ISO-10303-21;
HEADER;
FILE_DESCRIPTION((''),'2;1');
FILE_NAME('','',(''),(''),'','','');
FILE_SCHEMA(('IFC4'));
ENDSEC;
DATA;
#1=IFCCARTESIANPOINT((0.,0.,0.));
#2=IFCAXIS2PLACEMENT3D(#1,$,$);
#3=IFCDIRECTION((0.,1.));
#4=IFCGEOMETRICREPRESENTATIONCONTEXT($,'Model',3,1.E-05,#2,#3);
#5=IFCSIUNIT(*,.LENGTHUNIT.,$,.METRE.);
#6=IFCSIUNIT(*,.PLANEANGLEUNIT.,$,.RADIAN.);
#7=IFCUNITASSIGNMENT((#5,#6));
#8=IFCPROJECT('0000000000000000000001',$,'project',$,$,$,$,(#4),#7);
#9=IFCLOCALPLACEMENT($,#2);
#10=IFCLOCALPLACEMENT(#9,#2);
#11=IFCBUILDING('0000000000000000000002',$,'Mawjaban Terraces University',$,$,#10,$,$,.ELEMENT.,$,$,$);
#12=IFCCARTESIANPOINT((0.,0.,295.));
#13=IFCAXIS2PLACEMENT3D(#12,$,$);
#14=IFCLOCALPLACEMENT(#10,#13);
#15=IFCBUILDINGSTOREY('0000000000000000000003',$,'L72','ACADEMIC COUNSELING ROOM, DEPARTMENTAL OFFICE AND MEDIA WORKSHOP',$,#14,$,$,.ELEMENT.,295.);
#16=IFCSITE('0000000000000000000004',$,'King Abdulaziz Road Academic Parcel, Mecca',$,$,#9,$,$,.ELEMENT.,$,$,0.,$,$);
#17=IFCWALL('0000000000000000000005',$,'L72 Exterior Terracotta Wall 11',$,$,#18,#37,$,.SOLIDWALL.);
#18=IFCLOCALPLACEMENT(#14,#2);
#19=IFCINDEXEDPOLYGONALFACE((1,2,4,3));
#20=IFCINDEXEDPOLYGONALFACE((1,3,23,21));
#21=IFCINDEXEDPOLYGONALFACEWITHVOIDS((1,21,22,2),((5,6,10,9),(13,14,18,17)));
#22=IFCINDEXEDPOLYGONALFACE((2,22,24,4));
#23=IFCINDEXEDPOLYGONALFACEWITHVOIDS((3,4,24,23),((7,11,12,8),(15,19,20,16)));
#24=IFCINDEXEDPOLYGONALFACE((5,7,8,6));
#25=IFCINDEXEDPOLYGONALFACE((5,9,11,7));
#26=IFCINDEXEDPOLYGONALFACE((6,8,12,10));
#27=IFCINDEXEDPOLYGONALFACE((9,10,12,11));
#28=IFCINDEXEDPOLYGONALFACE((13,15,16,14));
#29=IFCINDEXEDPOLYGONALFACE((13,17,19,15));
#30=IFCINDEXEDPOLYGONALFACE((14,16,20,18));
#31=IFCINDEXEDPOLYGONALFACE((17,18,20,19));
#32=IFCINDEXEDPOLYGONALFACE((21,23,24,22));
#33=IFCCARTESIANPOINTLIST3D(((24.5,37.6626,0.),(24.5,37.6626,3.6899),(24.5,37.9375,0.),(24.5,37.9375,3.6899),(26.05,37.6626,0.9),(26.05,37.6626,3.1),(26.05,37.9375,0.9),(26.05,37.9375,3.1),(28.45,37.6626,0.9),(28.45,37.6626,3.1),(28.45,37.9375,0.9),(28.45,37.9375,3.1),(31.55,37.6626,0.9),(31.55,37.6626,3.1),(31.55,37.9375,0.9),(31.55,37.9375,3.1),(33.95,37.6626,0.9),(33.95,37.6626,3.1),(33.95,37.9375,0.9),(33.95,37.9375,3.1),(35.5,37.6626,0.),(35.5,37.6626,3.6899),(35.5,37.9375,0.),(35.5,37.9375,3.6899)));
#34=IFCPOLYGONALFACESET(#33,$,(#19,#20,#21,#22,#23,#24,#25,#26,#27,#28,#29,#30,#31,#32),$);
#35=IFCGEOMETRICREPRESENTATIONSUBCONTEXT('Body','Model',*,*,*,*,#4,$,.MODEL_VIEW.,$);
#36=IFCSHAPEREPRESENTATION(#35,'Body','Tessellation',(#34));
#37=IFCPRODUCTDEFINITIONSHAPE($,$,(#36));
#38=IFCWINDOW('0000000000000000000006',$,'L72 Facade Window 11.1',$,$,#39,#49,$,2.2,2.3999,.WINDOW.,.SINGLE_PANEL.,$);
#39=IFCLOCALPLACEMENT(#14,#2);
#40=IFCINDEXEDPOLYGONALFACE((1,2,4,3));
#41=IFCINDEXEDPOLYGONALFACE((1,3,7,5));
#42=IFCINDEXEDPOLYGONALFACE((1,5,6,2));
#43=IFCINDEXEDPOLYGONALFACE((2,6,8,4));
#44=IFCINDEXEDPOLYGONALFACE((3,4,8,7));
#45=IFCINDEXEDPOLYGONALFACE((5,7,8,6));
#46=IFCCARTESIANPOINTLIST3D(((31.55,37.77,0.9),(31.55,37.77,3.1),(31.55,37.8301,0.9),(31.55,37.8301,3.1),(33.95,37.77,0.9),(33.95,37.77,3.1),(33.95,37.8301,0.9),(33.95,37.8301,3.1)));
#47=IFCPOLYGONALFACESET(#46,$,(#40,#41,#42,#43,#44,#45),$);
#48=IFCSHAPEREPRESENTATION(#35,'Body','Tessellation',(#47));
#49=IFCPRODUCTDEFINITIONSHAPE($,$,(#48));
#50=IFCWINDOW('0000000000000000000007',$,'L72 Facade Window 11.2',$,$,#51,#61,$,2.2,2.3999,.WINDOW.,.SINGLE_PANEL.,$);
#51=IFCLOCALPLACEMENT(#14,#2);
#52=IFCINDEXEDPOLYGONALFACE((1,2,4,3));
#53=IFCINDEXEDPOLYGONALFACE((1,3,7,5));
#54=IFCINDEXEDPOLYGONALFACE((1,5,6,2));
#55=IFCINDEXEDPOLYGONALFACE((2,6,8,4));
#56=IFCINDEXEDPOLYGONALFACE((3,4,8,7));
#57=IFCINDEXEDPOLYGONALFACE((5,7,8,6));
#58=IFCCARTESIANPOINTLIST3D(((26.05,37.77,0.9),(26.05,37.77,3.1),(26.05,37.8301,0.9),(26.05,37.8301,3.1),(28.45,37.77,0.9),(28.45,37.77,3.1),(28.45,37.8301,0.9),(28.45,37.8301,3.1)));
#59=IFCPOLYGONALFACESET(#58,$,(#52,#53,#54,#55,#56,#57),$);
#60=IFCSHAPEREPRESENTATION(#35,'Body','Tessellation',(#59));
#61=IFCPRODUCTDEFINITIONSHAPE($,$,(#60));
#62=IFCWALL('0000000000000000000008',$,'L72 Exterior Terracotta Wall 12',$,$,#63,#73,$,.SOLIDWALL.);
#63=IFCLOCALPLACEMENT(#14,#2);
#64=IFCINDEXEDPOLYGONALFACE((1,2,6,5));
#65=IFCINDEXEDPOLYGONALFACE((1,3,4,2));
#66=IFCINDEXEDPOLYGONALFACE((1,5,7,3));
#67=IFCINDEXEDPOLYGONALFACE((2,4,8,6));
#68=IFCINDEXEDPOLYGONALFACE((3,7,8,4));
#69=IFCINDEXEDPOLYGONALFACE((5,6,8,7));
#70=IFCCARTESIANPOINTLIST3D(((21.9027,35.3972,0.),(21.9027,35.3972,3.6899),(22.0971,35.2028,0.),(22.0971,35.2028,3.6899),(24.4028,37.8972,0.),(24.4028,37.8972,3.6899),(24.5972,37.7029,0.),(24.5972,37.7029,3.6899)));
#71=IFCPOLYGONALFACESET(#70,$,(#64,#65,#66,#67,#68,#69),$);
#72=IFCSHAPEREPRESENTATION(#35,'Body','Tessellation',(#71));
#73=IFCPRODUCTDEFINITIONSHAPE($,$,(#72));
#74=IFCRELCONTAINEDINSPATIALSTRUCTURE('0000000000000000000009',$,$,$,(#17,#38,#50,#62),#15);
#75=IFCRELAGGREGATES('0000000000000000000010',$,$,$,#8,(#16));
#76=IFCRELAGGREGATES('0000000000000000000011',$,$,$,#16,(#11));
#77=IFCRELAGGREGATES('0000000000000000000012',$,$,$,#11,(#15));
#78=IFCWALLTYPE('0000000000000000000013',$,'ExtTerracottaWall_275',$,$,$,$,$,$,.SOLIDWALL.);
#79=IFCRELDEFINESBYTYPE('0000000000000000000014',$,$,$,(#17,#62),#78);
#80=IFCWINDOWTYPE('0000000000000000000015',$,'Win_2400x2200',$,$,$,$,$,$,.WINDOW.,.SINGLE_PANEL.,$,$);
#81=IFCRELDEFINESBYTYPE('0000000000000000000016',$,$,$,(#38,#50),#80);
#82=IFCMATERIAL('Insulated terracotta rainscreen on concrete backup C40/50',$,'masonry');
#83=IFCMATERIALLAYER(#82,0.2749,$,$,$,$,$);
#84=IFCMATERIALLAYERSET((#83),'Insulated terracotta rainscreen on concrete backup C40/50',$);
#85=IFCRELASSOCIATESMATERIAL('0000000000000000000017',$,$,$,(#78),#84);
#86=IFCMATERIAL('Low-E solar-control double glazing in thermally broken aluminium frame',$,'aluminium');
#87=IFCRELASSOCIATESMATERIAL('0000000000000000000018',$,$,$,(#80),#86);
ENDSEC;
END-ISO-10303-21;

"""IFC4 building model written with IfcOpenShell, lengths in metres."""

from ifc_helpers import new_model, si_unit, direction, frame, frame_2d, origin, place, context, subcontext, project, spatial, rectangle, extrude, material, layer, layer_set, type_object, element, fill, save


model = new_model("IFC4")

# Units and contexts
model_context = context("Model", 3, precision=1e-05, world=origin(), true_north=direction((0.0, 1.0)))
body_context = subcontext(model_context, "Body", "Model", "MODEL_VIEW")
ifc_project = project(units=[si_unit("LENGTHUNIT", "METRE"), si_unit("PLANEANGLEUNIT", "RADIAN")], contexts=[model_context])

# Site, building, storey
site_placement = place(None, origin())
site = spatial("IfcSite", under=ifc_project, at=site_placement, Name="King Abdulaziz Road Academic Parcel, Mecca", CompositionType="ELEMENT", RefElevation=0.0)
building_placement = place(site_placement, origin())
building = spatial("IfcBuilding", under=site, at=building_placement, Name="Mawjaban Terraces University", CompositionType="ELEMENT")
storey_placement = place(building_placement, frame((0.0, 0.0, 295.0)))
storey = spatial("IfcBuildingStorey", under=building, at=storey_placement, Name="L72", Description="ACADEMIC COUNSELING ROOM, DEPARTMENTAL OFFICE AND MEDIA WORKSHOP", CompositionType="ELEMENT", Elevation=295.0)

# Wall, openings, windows
ifc_material_1 = material(Name="Insulated terracotta rainscreen on concrete backup C40/50", Category="masonry")
ifc_layer_1 = layer(ifc_material_1, 0.2749)
ifc_layer_set_1 = layer_set([ifc_layer_1], Name="Insulated terracotta rainscreen on concrete backup C40/50")
wall_type_1 = type_object("IfcWallType", Name="ExtTerracottaWall_275", PredefinedType="SOLIDWALL", material=ifc_layer_set_1)
wall_1_placement = place(storey_placement, frame((35.5, 37.8, 0.0), z_axis=(0.0, 0.0, 1.0), x_axis=(-1.0, 0.0, 0.0)))
wall_1 = element("IfcWall", 1, at=wall_1_placement, inside=storey, type_object=wall_type_1, Name="L72 Exterior Terracotta Wall 11", PredefinedType="SOLIDWALL", context=body_context, shape_type="SweptSolid", body=[
    extrude(rectangle(XDim=11.0, YDim=0.2749, at=frame_2d((5.5, 0.0))), origin(), (0.0, 0.0, 1.0), 3.6899),
])
opening_1_placement = place(wall_1_placement, frame((1.55, 0.0, 0.8999)))
opening_1 = element("IfcOpeningElement", 2, at=opening_1_placement, cuts=wall_1, PredefinedType="OPENING", context=body_context, shape_type="SweptSolid", body=[
    extrude(rectangle(XDim=2.3999, YDim=2.2, at=frame_2d((1.2, 1.1001))), frame((0.0, 0.1475, 0.0), z_axis=(0.0, -1.0, 0.0), x_axis=(1.0, 0.0, 0.0)), (0.0, 0.0, 1.0), 0.2949),
])
opening_2_placement = place(wall_1_placement, frame((7.05, 0.0, 0.8999)))
opening_2 = element("IfcOpeningElement", 3, at=opening_2_placement, cuts=wall_1, PredefinedType="OPENING", context=body_context, shape_type="SweptSolid", body=[
    extrude(rectangle(XDim=2.3999, YDim=2.2, at=frame_2d((1.2, 1.1001))), frame((0.0, 0.1475, 0.0), z_axis=(0.0, -1.0, 0.0), x_axis=(1.0, 0.0, 0.0)), (0.0, 0.0, 1.0), 0.2949),
])
ifc_material_2 = material(Name="Low-E solar-control double glazing in thermally broken aluminium frame", Category="aluminium")
window_type_1 = type_object("IfcWindowType", Name="Win_2400x2200", PartitioningType="SINGLE_PANEL", PredefinedType="WINDOW", material=ifc_material_2)
window_1_placement = place(opening_1_placement, origin())
window_1 = element("IfcWindow", 4, at=window_1_placement, inside=storey, type_object=window_type_1, Name="L72 Facade Window 11.1", OverallHeight=2.2, OverallWidth=2.3999, PartitioningType="SINGLE_PANEL", PredefinedType="WINDOW", context=body_context, shape_type="SweptSolid", body=[
    extrude(rectangle(XDim=2.3999, YDim=2.2, at=frame_2d((1.2, 1.1001))), frame((0.0, 0.03, 0.0), z_axis=(0.0, -1.0, 0.0), x_axis=(1.0, 0.0, 0.0)), (0.0, 0.0, 1.0), 0.0601),
])
fill(opening_1, window_1)
window_2_placement = place(opening_2_placement, origin())
window_2 = element("IfcWindow", 5, at=window_2_placement, inside=storey, type_object=window_type_1, Name="L72 Facade Window 11.2", OverallHeight=2.2, OverallWidth=2.3999, PartitioningType="SINGLE_PANEL", PredefinedType="WINDOW", context=body_context, shape_type="SweptSolid", body=[
    extrude(rectangle(XDim=2.3999, YDim=2.2, at=frame_2d((1.2, 1.1001))), frame((0.0, 0.03, 0.0), z_axis=(0.0, -1.0, 0.0), x_axis=(1.0, 0.0, 0.0)), (0.0, 0.0, 1.0), 0.0601),
])
fill(opening_2, window_2)

# Wall
wall_2_placement = place(storey_placement, frame((24.5, 37.8, 0.0), z_axis=(0.0, 0.0, 1.0), x_axis=(-0.707107, -0.707107, 0.0)))
element("IfcWall", 6, at=wall_2_placement, inside=storey, type_object=wall_type_1, Name="L72 Exterior Terracotta Wall 12", PredefinedType="SOLIDWALL", context=body_context, shape_type="SweptSolid", body=[
    extrude(rectangle(XDim=3.5356, YDim=0.2749, at=frame_2d((1.7678, 0.0))), origin(), (0.0, 0.0, 1.0), 3.6899),
])

save(model, "model.ifc")
